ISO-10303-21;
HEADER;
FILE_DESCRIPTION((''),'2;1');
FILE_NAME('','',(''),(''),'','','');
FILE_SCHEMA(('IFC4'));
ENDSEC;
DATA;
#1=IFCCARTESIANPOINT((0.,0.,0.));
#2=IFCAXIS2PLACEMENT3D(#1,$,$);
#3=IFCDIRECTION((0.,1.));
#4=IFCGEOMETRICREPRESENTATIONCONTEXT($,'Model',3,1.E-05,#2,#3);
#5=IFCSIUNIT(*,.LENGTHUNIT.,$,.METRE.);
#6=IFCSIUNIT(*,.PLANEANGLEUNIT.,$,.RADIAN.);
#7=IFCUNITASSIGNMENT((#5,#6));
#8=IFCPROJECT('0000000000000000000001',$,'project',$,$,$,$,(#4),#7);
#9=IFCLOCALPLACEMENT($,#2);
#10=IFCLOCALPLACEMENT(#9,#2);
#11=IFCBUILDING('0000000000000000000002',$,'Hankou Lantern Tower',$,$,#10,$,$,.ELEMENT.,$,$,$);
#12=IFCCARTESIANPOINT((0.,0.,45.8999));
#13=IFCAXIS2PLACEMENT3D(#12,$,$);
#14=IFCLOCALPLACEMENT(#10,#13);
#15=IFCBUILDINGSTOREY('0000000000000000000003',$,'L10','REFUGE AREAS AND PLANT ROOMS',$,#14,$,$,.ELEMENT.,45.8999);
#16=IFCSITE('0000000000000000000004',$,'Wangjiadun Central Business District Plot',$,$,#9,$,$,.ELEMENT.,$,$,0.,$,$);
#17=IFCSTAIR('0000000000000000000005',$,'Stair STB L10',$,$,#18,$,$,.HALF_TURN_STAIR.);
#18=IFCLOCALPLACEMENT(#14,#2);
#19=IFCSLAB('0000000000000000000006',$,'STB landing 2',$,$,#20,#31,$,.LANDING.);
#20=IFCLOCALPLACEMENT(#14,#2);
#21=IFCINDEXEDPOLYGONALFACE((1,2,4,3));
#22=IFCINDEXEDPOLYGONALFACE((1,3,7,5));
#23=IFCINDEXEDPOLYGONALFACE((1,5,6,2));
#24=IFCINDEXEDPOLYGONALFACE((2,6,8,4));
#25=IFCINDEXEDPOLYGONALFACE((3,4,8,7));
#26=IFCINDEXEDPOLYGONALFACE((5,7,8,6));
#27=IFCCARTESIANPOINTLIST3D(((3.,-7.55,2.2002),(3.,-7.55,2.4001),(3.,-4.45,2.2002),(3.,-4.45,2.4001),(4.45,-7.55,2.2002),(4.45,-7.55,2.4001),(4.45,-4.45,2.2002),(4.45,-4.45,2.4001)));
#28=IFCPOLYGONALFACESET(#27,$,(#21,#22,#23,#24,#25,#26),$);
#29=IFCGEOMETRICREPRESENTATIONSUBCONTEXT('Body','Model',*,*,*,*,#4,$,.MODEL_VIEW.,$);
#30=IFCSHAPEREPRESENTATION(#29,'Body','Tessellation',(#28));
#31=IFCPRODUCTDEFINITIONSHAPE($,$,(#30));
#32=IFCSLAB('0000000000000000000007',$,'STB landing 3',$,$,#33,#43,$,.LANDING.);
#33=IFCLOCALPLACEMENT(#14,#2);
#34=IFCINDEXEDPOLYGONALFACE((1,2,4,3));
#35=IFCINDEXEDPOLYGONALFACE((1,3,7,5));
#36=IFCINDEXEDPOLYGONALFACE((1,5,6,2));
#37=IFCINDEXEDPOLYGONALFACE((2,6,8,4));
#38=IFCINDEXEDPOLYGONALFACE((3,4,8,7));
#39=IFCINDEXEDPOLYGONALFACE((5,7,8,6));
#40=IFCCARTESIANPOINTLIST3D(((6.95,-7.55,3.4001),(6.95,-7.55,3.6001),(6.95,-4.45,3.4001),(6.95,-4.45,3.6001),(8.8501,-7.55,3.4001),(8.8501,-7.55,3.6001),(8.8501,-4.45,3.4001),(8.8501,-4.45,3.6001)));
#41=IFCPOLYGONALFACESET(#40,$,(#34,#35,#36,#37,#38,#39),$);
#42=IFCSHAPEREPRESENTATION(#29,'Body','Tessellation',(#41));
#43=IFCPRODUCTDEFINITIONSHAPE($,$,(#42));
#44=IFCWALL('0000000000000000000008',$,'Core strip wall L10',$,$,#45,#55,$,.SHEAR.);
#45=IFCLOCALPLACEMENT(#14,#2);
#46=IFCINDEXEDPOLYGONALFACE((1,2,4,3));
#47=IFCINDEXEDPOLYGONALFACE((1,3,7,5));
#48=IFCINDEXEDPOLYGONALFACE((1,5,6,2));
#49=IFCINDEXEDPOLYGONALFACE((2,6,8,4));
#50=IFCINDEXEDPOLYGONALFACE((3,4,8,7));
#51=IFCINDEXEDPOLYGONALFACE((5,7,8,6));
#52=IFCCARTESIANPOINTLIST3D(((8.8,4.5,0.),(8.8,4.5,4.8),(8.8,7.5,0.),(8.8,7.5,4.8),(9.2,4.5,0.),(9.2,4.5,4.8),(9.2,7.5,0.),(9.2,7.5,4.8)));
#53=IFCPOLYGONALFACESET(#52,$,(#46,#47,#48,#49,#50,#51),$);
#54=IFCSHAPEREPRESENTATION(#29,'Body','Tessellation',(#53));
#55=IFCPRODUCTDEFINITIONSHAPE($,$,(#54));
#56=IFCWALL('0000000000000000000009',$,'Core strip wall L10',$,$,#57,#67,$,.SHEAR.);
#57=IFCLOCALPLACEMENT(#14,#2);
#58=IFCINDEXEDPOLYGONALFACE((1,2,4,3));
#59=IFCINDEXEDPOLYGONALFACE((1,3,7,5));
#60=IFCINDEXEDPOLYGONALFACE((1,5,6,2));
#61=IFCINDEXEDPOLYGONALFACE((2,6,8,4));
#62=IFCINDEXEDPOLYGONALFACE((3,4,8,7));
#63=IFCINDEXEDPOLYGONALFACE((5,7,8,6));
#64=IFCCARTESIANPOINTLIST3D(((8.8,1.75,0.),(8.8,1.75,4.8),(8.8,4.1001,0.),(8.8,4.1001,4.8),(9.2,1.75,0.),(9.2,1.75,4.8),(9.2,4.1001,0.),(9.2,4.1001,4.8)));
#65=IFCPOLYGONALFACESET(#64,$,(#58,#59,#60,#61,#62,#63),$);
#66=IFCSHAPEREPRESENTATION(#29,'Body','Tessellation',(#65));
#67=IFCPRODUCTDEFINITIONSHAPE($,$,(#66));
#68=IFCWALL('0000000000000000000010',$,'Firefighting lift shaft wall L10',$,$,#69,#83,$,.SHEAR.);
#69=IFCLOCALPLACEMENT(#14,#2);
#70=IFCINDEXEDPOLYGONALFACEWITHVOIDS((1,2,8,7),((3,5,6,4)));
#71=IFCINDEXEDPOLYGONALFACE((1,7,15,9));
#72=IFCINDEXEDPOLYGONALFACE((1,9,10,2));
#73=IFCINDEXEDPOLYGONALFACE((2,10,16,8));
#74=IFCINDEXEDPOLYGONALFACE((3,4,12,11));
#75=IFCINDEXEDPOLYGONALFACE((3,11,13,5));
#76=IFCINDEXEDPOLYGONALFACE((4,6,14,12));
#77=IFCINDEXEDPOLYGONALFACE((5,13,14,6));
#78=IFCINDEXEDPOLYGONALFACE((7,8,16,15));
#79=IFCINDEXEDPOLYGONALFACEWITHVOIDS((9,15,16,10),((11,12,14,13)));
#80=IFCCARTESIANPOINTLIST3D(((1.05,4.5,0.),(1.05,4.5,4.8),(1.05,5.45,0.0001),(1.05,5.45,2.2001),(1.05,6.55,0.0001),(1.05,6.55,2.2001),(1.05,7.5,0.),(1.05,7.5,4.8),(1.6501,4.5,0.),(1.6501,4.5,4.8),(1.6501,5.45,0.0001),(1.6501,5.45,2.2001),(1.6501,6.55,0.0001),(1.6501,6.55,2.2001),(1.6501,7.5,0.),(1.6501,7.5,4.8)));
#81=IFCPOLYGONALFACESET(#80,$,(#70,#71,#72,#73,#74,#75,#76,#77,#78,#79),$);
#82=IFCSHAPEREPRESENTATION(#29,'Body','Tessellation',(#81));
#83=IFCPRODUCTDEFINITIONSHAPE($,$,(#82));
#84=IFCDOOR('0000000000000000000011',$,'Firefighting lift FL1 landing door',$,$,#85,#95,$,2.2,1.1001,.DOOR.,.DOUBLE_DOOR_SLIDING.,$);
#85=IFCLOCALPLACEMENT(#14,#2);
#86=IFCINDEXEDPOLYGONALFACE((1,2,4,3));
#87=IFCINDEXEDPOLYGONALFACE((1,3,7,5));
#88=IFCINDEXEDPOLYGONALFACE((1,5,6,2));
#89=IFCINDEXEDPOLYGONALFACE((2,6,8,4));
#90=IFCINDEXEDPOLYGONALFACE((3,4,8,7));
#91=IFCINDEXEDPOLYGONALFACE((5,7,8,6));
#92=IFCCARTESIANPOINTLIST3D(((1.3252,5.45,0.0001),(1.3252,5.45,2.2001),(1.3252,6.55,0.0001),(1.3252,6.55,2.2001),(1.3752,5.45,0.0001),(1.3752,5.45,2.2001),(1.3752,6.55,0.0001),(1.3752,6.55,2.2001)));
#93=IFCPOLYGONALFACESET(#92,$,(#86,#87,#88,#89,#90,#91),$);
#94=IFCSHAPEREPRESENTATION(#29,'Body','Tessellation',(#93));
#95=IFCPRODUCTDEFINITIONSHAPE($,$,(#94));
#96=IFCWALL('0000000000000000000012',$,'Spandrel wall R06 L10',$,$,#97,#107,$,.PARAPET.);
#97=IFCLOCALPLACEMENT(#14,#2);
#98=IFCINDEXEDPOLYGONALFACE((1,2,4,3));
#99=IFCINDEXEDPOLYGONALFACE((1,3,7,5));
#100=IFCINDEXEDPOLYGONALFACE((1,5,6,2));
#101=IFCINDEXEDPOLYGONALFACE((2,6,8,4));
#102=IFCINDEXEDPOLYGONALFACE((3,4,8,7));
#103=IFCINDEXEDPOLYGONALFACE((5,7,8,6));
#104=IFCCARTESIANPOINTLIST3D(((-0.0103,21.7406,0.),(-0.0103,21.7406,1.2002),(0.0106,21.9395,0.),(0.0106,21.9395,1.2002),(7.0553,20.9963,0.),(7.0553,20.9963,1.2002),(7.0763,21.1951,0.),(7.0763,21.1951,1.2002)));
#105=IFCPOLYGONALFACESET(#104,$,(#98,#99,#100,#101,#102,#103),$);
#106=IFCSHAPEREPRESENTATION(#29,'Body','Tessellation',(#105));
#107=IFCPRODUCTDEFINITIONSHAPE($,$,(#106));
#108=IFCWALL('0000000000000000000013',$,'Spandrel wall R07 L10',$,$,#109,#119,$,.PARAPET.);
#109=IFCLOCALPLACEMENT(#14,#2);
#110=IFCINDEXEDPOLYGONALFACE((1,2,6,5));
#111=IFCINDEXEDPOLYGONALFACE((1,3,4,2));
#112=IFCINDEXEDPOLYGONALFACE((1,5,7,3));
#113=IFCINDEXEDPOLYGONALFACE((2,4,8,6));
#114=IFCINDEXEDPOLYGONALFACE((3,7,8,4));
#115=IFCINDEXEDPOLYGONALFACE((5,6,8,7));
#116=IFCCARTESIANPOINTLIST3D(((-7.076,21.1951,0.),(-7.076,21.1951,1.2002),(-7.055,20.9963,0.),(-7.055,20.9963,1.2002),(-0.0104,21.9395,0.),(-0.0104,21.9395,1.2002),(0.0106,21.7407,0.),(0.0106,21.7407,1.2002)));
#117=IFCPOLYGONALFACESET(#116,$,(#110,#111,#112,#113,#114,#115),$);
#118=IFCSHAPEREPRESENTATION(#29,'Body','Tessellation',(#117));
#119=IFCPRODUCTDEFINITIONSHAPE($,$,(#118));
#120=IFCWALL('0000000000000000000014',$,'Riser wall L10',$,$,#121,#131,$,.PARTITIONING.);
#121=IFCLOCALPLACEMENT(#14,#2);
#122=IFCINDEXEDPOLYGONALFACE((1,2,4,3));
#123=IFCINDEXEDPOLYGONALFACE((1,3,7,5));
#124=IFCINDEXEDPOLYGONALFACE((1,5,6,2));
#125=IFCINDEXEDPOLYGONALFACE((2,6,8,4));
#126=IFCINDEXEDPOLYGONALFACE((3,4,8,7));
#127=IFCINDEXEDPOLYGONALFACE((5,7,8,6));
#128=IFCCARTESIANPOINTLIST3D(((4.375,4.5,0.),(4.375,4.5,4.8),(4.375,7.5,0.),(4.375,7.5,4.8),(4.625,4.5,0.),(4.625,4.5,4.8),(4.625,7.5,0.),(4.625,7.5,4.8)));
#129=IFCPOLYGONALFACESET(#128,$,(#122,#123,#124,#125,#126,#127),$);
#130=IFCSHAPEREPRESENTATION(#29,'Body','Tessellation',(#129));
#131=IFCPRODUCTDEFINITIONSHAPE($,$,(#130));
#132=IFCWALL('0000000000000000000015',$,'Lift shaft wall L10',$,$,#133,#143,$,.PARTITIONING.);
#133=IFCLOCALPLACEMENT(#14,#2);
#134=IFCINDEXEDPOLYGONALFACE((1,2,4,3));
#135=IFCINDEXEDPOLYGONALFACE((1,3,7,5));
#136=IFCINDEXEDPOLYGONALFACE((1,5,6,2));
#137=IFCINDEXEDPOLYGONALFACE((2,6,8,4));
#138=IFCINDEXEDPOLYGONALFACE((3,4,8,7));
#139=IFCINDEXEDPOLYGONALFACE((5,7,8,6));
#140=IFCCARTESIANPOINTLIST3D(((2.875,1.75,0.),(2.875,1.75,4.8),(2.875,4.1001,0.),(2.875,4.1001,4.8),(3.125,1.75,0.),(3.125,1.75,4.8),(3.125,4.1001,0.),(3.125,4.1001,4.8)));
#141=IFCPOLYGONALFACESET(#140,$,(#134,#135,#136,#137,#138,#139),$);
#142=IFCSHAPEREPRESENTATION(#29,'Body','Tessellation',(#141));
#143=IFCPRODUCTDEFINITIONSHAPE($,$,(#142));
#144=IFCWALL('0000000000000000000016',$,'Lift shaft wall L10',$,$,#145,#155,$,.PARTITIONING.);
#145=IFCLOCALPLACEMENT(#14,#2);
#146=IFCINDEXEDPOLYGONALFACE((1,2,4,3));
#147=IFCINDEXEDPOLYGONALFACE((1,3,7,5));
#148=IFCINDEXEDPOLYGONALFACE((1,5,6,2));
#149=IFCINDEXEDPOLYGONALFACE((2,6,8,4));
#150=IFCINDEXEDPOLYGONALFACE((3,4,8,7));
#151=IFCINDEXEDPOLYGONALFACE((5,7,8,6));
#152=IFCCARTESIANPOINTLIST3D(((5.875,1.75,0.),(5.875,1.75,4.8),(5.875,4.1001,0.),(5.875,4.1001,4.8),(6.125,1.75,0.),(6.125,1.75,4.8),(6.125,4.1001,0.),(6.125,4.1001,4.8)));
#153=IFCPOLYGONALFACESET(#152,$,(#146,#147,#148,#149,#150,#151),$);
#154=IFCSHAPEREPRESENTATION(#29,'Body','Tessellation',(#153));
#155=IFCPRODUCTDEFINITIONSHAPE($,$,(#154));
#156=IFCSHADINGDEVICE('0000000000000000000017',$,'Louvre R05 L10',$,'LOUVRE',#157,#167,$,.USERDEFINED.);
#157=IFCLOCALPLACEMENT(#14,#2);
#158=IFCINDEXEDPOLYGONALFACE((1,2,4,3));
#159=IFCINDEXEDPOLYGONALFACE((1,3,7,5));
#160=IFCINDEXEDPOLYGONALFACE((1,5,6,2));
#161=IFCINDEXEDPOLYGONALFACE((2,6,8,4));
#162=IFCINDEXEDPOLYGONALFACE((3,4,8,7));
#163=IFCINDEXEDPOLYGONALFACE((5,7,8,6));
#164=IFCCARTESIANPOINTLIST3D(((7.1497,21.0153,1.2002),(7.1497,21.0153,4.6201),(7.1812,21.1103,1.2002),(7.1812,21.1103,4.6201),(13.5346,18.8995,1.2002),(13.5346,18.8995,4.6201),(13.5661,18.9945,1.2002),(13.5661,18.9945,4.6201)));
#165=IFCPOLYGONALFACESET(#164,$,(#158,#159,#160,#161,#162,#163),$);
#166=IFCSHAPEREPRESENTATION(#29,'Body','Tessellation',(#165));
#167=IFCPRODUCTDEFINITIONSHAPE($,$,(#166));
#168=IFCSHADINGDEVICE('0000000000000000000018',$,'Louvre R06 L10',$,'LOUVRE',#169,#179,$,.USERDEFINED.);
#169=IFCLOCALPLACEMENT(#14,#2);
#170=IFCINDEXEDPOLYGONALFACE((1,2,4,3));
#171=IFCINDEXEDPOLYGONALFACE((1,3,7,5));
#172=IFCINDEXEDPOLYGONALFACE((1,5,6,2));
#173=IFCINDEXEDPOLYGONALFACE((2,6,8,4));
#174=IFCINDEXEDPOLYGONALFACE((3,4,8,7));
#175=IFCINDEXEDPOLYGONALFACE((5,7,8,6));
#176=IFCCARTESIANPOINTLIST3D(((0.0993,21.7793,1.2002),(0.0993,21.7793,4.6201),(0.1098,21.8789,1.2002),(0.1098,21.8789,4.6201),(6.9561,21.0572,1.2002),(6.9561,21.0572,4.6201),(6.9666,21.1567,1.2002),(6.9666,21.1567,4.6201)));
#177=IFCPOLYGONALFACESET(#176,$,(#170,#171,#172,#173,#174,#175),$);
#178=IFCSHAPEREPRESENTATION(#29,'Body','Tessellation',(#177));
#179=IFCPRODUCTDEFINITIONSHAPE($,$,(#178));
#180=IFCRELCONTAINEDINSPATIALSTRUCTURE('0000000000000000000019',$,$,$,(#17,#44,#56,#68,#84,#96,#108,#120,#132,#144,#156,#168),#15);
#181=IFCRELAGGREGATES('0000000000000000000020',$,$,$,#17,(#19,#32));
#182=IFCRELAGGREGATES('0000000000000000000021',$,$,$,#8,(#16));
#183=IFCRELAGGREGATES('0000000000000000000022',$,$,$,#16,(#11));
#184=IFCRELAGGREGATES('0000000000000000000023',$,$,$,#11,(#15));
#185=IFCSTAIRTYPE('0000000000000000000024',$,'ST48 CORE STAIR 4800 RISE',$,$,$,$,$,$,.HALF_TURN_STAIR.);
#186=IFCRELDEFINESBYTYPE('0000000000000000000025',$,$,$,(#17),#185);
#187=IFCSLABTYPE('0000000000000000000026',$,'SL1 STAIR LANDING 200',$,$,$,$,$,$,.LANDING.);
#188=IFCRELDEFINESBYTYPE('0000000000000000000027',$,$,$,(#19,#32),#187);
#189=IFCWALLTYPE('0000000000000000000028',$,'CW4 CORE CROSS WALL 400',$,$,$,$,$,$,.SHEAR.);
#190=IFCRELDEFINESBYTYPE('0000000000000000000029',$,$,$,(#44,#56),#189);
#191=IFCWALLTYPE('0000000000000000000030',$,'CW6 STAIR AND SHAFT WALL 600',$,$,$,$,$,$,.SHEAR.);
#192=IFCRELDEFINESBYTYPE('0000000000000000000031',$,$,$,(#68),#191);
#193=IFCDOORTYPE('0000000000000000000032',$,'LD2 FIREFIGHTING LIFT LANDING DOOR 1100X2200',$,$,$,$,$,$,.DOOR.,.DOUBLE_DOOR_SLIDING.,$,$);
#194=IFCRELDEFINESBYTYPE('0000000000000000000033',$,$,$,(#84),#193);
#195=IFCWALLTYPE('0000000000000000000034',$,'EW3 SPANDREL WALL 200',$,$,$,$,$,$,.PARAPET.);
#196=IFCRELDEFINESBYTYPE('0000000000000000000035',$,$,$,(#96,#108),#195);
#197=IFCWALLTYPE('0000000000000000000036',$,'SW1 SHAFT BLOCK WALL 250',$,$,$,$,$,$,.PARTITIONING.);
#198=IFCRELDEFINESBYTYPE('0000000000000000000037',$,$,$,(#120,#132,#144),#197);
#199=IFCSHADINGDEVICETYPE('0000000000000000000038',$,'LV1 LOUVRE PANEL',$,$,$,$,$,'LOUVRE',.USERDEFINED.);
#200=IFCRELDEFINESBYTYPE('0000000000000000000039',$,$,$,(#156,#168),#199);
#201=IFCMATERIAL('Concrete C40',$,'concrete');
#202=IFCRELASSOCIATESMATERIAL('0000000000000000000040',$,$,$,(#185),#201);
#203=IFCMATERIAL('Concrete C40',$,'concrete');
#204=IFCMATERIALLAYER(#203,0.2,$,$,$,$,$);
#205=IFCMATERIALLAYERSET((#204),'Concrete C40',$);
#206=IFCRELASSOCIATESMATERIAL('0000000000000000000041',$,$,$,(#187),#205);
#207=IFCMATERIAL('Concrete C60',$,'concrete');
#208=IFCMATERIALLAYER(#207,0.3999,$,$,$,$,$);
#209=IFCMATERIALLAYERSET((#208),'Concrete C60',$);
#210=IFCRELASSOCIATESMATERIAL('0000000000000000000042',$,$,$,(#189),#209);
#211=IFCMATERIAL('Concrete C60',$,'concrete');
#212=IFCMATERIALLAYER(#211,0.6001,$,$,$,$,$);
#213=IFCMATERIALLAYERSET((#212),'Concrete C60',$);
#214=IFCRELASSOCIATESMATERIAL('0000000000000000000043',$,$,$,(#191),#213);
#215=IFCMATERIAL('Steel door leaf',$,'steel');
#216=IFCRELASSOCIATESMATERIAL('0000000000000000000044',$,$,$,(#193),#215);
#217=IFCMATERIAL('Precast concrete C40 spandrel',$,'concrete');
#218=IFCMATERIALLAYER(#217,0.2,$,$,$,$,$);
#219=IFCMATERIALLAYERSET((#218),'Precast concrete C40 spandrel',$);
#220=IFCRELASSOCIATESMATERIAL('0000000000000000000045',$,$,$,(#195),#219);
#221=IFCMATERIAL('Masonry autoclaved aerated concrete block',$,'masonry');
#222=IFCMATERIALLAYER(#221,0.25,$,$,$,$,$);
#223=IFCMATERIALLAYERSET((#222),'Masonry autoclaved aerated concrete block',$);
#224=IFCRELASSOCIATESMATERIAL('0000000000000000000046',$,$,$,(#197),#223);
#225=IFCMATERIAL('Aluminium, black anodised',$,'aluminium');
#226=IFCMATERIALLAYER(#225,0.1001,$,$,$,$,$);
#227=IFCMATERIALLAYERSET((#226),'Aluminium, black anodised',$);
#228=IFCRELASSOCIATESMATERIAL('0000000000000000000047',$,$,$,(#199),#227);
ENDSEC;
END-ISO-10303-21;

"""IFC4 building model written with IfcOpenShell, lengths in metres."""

from ifc_helpers import new_model, si_unit, direction, frame, frame_2d, origin, origin_2d, place, context, subcontext, project, spatial, polyline, rectangle, outline, extrude, material, layer, layer_set, type_object, element, fill, aggregate, save


model = new_model("IFC4")

# Units and contexts
model_context = context("Model", 3, precision=1e-05, world=origin(), true_north=direction((0.0, 1.0)))
body_context = subcontext(model_context, "Body", "Model", "MODEL_VIEW")
ifc_project = project(units=[si_unit("LENGTHUNIT", "METRE"), si_unit("PLANEANGLEUNIT", "RADIAN")], contexts=[model_context])

# Site, building, storey
site_placement = place(None, origin())
site = spatial("IfcSite", under=ifc_project, at=site_placement, Name="Wangjiadun Central Business District Plot", CompositionType="ELEMENT", RefElevation=0.0)
building_placement = place(site_placement, origin())
building = spatial("IfcBuilding", under=site, at=building_placement, Name="Hankou Lantern Tower", CompositionType="ELEMENT")
storey_placement = place(building_placement, frame((0.0, 0.0, 45.8999)))
storey = spatial("IfcBuildingStorey", under=building, at=storey_placement, Name="L10", Description="REFUGE AREAS AND PLANT ROOMS", CompositionType="ELEMENT", Elevation=45.8999)

# Stair, slabs
ifc_material_1 = material(Name="Concrete C40", Category="concrete")
stair_type = type_object("IfcStairType", Name="ST48 CORE STAIR 4800 RISE", PredefinedType="HALF_TURN_STAIR", material=ifc_material_1)
ifc_material_2 = material(Name="Concrete C40", Category="concrete")
ifc_layer_1 = layer(ifc_material_2, 0.2)
ifc_layer_set_1 = layer_set([ifc_layer_1], Name="Concrete C40")
slab_type = type_object("IfcSlabType", Name="SL1 STAIR LANDING 200", PredefinedType="LANDING", material=ifc_layer_set_1)
stair_1_placement = place(storey_placement, origin())
stair_1 = element("IfcStair", 1, at=stair_1_placement, inside=storey, type_object=stair_type, Name="Stair STB L10", PredefinedType="HALF_TURN_STAIR")
slab_1_placement = place(storey_placement, frame((0.0, 0.0, 2.2002)))
slab_1 = element("IfcSlab", 2, at=slab_1_placement, type_object=slab_type, Name="STB landing 2", PredefinedType="LANDING", context=body_context, shape_type="SweptSolid", body=[
    extrude(outline(polyline([(4.45, -4.45), (3.0, -4.45), (3.0, -7.55), (4.45, -7.55), (4.45, -4.45)])), origin(), (0.0, 0.0, 1.0), 0.2),
])
slab_2_placement = place(storey_placement, frame((0.0, 0.0, 3.4001)))
slab_2 = element("IfcSlab", 3, at=slab_2_placement, type_object=slab_type, Name="STB landing 3", PredefinedType="LANDING", context=body_context, shape_type="SweptSolid", body=[
    extrude(outline(polyline([(8.8501, -4.45), (6.95, -4.45), (6.95, -7.55), (8.8501, -7.55), (8.8501, -4.45)])), origin(), (0.0, 0.0, 1.0), 0.2),
])
aggregate(stair_1, [slab_1, slab_2])

# Walls
ifc_material_3 = material(Name="Concrete C60", Category="concrete")
ifc_layer_2 = layer(ifc_material_3, 0.3999)
ifc_layer_set_2 = layer_set([ifc_layer_2], Name="Concrete C60")
wall_type_1 = type_object("IfcWallType", Name="CW4 CORE CROSS WALL 400", PredefinedType="SHEAR", material=ifc_layer_set_2)
wall_1_placement = place(storey_placement, frame((9.0, 4.5, 0.0), z_axis=(0.0, 0.0, 1.0), x_axis=(0.0, 1.0, 0.0)))
element("IfcWall", 4, at=wall_1_placement, inside=storey, type_object=wall_type_1, Name="Core strip wall L10", PredefinedType="SHEAR", context=body_context, shape_type="SweptSolid", body=[
    extrude(rectangle(XDim=3.0, YDim=0.3999, at=frame_2d((1.5, 0.0))), origin(), (0.0, 0.0, 1.0), 4.8),
])
wall_2_placement = place(storey_placement, frame((9.0, 1.75, 0.0), z_axis=(0.0, 0.0, 1.0), x_axis=(0.0, 1.0, 0.0)))
element("IfcWall", 5, at=wall_2_placement, inside=storey, type_object=wall_type_1, Name="Core strip wall L10", PredefinedType="SHEAR", context=body_context, shape_type="SweptSolid", body=[
    extrude(rectangle(XDim=2.3501, YDim=0.3999, at=frame_2d((1.175, 0.0))), origin(), (0.0, 0.0, 1.0), 4.8),
])

# Wall, opening, door
ifc_material_4 = material(Name="Concrete C60", Category="concrete")
ifc_layer_3 = layer(ifc_material_4, 0.6001)
ifc_layer_set_3 = layer_set([ifc_layer_3], Name="Concrete C60")
wall_type_2 = type_object("IfcWallType", Name="CW6 STAIR AND SHAFT WALL 600", PredefinedType="SHEAR", material=ifc_layer_set_3)
wall_3_placement = place(storey_placement, frame((1.3501, 4.5, 0.0), z_axis=(0.0, 0.0, 1.0), x_axis=(0.0, 1.0, 0.0)))
wall_3 = element("IfcWall", 6, at=wall_3_placement, inside=storey, type_object=wall_type_2, Name="Firefighting lift shaft wall L10", PredefinedType="SHEAR", context=body_context, shape_type="SweptSolid", body=[
    extrude(rectangle(XDim=3.0, YDim=0.6001, at=frame_2d((1.5, 0.0))), origin(), (0.0, 0.0, 1.0), 4.8),
])
opening_placement = place(wall_3_placement, frame((0.95, 0.0, 0.0)))
opening = element("IfcOpeningElement", 7, at=opening_placement, cuts=wall_3, PredefinedType="OPENING", context=body_context, shape_type="SweptSolid", body=[
    extrude(rectangle(XDim=1.1001, YDim=2.2, at=frame_2d((0.55, 1.1001))), frame((0.0, 0.3101, 0.0), z_axis=(0.0, -1.0, 0.0), x_axis=(1.0, 0.0, 0.0)), (0.0, 0.0, 1.0), 0.6201),
])
ifc_material_5 = material(Name="Steel door leaf", Category="steel")
door_type = type_object("IfcDoorType", Name="LD2 FIREFIGHTING LIFT LANDING DOOR 1100X2200", OperationType="DOUBLE_DOOR_SLIDING", PredefinedType="DOOR", material=ifc_material_5)
door_placement = place(opening_placement, origin())
door = element("IfcDoor", 8, at=door_placement, inside=storey, type_object=door_type, Name="Firefighting lift FL1 landing door", OperationType="DOUBLE_DOOR_SLIDING", OverallHeight=2.2, OverallWidth=1.1001, PredefinedType="DOOR", context=body_context, shape_type="SweptSolid", body=[
    extrude(rectangle(XDim=1.1001, YDim=2.2, at=frame_2d((0.55, 1.1001))), frame((0.0, 0.0249, 0.0), z_axis=(0.0, -1.0, 0.0), x_axis=(1.0, 0.0, 0.0)), (0.0, 0.0, 1.0), 0.05),
])
fill(opening, door)

# Walls
ifc_material_6 = material(Name="Precast concrete C40 spandrel", Category="concrete")
ifc_layer_4 = layer(ifc_material_6, 0.2)
ifc_layer_set_4 = layer_set([ifc_layer_4], Name="Precast concrete C40 spandrel")
wall_type_3 = type_object("IfcWallType", Name="EW3 SPANDREL WALL 200", PredefinedType="PARAPET", material=ifc_layer_set_4)
for number, where, z_axis, x_axis, name in (
    (9, (7.0657, 21.0957, 0.0), (0.0, 0.0, 1.0), (-0.994496, 0.104772, 0.0), "Spandrel wall R06 L10"),
    (10, (0.0, 21.8401, 0.0), (0.0, 0.0, 1.0), (-0.994496, -0.104772, 0.0), "Spandrel wall R07 L10"),
):
    element("IfcWall", number, at=place(storey_placement, frame(where, z_axis=z_axis, x_axis=x_axis)), inside=storey, type_object=wall_type_3, Name=name, PredefinedType="PARAPET", context=body_context, shape_type="SweptSolid", body=[
        extrude(rectangle(XDim=7.1047, YDim=0.2, at=frame_2d((3.5522, 0.0))), origin(), (0.0, 0.0, 1.0), 1.2002),
    ])
ifc_material_7 = material(Name="Masonry autoclaved aerated concrete block", Category="masonry")
ifc_layer_5 = layer(ifc_material_7, 0.25)
ifc_layer_set_5 = layer_set([ifc_layer_5], Name="Masonry autoclaved aerated concrete block")
wall_type_4 = type_object("IfcWallType", Name="SW1 SHAFT BLOCK WALL 250", PredefinedType="PARTITIONING", material=ifc_layer_set_5)
wall_4_placement = place(storey_placement, frame((4.5, 4.5, 0.0), z_axis=(0.0, 0.0, 1.0), x_axis=(0.0, 1.0, 0.0)))
element("IfcWall", 11, at=wall_4_placement, inside=storey, type_object=wall_type_4, Name="Riser wall L10", PredefinedType="PARTITIONING", context=body_context, shape_type="SweptSolid", body=[
    extrude(rectangle(XDim=3.0, YDim=0.25, at=frame_2d((1.5, 0.0))), origin(), (0.0, 0.0, 1.0), 4.8),
])
for number, where, z_axis, x_axis, name in (
    (12, (3.0, 1.75, 0.0), (0.0, 0.0, 1.0), (0.0, 1.0, 0.0), "Lift shaft wall L10"),
    (13, (6.0, 1.75, 0.0), (0.0, 0.0, 1.0), (0.0, 1.0, 0.0), "Lift shaft wall L10"),
):
    element("IfcWall", number, at=place(storey_placement, frame(where, z_axis=z_axis, x_axis=x_axis)), inside=storey, type_object=wall_type_4, Name=name, PredefinedType="PARTITIONING", context=body_context, shape_type="SweptSolid", body=[
        extrude(rectangle(XDim=2.3501, YDim=0.25, at=frame_2d((1.175, 0.0))), origin(), (0.0, 0.0, 1.0), 4.8),
    ])

# Shading devices
ifc_material_8 = material(Name="Aluminium, black anodised", Category="aluminium")
ifc_layer_6 = layer(ifc_material_8, 0.1001)
ifc_layer_set_6 = layer_set([ifc_layer_6], Name="Aluminium, black anodised")
shading_device_type = type_object("IfcShadingDeviceType", Name="LV1 LOUVRE PANEL", ElementType="LOUVRE", PredefinedType="USERDEFINED", material=ifc_layer_set_6)
shading_device_1_placement = place(storey_placement, frame((10.3579, 20.0049, 1.2002), z_axis=(0.0, 0.0, 1.0), x_axis=(-0.949241, 0.314551, 0.0)))
element("IfcShadingDevice", 14, at=shading_device_1_placement, inside=storey, type_object=shading_device_type, Name="Louvre R05 L10", ObjectType="LOUVRE", PredefinedType="USERDEFINED", context=body_context, shape_type="SweptSolid", body=[
    extrude(rectangle(XDim=6.7263, YDim=0.1001, at=origin_2d()), origin(), (0.0, 0.0, 1.0), 3.4199),
])
shading_device_2_placement = place(storey_placement, frame((3.533, 21.468, 1.2002), z_axis=(0.0, 0.0, 1.0), x_axis=(-0.994499, 0.104743, 0.0)))
element("IfcShadingDevice", 15, at=shading_device_2_placement, inside=storey, type_object=shading_device_type, Name="Louvre R06 L10", ObjectType="LOUVRE", PredefinedType="USERDEFINED", context=body_context, shape_type="SweptSolid", body=[
    extrude(rectangle(XDim=6.8948, YDim=0.1001, at=origin_2d()), origin(), (0.0, 0.0, 1.0), 3.4199),
])

save(model, "model.ifc")
